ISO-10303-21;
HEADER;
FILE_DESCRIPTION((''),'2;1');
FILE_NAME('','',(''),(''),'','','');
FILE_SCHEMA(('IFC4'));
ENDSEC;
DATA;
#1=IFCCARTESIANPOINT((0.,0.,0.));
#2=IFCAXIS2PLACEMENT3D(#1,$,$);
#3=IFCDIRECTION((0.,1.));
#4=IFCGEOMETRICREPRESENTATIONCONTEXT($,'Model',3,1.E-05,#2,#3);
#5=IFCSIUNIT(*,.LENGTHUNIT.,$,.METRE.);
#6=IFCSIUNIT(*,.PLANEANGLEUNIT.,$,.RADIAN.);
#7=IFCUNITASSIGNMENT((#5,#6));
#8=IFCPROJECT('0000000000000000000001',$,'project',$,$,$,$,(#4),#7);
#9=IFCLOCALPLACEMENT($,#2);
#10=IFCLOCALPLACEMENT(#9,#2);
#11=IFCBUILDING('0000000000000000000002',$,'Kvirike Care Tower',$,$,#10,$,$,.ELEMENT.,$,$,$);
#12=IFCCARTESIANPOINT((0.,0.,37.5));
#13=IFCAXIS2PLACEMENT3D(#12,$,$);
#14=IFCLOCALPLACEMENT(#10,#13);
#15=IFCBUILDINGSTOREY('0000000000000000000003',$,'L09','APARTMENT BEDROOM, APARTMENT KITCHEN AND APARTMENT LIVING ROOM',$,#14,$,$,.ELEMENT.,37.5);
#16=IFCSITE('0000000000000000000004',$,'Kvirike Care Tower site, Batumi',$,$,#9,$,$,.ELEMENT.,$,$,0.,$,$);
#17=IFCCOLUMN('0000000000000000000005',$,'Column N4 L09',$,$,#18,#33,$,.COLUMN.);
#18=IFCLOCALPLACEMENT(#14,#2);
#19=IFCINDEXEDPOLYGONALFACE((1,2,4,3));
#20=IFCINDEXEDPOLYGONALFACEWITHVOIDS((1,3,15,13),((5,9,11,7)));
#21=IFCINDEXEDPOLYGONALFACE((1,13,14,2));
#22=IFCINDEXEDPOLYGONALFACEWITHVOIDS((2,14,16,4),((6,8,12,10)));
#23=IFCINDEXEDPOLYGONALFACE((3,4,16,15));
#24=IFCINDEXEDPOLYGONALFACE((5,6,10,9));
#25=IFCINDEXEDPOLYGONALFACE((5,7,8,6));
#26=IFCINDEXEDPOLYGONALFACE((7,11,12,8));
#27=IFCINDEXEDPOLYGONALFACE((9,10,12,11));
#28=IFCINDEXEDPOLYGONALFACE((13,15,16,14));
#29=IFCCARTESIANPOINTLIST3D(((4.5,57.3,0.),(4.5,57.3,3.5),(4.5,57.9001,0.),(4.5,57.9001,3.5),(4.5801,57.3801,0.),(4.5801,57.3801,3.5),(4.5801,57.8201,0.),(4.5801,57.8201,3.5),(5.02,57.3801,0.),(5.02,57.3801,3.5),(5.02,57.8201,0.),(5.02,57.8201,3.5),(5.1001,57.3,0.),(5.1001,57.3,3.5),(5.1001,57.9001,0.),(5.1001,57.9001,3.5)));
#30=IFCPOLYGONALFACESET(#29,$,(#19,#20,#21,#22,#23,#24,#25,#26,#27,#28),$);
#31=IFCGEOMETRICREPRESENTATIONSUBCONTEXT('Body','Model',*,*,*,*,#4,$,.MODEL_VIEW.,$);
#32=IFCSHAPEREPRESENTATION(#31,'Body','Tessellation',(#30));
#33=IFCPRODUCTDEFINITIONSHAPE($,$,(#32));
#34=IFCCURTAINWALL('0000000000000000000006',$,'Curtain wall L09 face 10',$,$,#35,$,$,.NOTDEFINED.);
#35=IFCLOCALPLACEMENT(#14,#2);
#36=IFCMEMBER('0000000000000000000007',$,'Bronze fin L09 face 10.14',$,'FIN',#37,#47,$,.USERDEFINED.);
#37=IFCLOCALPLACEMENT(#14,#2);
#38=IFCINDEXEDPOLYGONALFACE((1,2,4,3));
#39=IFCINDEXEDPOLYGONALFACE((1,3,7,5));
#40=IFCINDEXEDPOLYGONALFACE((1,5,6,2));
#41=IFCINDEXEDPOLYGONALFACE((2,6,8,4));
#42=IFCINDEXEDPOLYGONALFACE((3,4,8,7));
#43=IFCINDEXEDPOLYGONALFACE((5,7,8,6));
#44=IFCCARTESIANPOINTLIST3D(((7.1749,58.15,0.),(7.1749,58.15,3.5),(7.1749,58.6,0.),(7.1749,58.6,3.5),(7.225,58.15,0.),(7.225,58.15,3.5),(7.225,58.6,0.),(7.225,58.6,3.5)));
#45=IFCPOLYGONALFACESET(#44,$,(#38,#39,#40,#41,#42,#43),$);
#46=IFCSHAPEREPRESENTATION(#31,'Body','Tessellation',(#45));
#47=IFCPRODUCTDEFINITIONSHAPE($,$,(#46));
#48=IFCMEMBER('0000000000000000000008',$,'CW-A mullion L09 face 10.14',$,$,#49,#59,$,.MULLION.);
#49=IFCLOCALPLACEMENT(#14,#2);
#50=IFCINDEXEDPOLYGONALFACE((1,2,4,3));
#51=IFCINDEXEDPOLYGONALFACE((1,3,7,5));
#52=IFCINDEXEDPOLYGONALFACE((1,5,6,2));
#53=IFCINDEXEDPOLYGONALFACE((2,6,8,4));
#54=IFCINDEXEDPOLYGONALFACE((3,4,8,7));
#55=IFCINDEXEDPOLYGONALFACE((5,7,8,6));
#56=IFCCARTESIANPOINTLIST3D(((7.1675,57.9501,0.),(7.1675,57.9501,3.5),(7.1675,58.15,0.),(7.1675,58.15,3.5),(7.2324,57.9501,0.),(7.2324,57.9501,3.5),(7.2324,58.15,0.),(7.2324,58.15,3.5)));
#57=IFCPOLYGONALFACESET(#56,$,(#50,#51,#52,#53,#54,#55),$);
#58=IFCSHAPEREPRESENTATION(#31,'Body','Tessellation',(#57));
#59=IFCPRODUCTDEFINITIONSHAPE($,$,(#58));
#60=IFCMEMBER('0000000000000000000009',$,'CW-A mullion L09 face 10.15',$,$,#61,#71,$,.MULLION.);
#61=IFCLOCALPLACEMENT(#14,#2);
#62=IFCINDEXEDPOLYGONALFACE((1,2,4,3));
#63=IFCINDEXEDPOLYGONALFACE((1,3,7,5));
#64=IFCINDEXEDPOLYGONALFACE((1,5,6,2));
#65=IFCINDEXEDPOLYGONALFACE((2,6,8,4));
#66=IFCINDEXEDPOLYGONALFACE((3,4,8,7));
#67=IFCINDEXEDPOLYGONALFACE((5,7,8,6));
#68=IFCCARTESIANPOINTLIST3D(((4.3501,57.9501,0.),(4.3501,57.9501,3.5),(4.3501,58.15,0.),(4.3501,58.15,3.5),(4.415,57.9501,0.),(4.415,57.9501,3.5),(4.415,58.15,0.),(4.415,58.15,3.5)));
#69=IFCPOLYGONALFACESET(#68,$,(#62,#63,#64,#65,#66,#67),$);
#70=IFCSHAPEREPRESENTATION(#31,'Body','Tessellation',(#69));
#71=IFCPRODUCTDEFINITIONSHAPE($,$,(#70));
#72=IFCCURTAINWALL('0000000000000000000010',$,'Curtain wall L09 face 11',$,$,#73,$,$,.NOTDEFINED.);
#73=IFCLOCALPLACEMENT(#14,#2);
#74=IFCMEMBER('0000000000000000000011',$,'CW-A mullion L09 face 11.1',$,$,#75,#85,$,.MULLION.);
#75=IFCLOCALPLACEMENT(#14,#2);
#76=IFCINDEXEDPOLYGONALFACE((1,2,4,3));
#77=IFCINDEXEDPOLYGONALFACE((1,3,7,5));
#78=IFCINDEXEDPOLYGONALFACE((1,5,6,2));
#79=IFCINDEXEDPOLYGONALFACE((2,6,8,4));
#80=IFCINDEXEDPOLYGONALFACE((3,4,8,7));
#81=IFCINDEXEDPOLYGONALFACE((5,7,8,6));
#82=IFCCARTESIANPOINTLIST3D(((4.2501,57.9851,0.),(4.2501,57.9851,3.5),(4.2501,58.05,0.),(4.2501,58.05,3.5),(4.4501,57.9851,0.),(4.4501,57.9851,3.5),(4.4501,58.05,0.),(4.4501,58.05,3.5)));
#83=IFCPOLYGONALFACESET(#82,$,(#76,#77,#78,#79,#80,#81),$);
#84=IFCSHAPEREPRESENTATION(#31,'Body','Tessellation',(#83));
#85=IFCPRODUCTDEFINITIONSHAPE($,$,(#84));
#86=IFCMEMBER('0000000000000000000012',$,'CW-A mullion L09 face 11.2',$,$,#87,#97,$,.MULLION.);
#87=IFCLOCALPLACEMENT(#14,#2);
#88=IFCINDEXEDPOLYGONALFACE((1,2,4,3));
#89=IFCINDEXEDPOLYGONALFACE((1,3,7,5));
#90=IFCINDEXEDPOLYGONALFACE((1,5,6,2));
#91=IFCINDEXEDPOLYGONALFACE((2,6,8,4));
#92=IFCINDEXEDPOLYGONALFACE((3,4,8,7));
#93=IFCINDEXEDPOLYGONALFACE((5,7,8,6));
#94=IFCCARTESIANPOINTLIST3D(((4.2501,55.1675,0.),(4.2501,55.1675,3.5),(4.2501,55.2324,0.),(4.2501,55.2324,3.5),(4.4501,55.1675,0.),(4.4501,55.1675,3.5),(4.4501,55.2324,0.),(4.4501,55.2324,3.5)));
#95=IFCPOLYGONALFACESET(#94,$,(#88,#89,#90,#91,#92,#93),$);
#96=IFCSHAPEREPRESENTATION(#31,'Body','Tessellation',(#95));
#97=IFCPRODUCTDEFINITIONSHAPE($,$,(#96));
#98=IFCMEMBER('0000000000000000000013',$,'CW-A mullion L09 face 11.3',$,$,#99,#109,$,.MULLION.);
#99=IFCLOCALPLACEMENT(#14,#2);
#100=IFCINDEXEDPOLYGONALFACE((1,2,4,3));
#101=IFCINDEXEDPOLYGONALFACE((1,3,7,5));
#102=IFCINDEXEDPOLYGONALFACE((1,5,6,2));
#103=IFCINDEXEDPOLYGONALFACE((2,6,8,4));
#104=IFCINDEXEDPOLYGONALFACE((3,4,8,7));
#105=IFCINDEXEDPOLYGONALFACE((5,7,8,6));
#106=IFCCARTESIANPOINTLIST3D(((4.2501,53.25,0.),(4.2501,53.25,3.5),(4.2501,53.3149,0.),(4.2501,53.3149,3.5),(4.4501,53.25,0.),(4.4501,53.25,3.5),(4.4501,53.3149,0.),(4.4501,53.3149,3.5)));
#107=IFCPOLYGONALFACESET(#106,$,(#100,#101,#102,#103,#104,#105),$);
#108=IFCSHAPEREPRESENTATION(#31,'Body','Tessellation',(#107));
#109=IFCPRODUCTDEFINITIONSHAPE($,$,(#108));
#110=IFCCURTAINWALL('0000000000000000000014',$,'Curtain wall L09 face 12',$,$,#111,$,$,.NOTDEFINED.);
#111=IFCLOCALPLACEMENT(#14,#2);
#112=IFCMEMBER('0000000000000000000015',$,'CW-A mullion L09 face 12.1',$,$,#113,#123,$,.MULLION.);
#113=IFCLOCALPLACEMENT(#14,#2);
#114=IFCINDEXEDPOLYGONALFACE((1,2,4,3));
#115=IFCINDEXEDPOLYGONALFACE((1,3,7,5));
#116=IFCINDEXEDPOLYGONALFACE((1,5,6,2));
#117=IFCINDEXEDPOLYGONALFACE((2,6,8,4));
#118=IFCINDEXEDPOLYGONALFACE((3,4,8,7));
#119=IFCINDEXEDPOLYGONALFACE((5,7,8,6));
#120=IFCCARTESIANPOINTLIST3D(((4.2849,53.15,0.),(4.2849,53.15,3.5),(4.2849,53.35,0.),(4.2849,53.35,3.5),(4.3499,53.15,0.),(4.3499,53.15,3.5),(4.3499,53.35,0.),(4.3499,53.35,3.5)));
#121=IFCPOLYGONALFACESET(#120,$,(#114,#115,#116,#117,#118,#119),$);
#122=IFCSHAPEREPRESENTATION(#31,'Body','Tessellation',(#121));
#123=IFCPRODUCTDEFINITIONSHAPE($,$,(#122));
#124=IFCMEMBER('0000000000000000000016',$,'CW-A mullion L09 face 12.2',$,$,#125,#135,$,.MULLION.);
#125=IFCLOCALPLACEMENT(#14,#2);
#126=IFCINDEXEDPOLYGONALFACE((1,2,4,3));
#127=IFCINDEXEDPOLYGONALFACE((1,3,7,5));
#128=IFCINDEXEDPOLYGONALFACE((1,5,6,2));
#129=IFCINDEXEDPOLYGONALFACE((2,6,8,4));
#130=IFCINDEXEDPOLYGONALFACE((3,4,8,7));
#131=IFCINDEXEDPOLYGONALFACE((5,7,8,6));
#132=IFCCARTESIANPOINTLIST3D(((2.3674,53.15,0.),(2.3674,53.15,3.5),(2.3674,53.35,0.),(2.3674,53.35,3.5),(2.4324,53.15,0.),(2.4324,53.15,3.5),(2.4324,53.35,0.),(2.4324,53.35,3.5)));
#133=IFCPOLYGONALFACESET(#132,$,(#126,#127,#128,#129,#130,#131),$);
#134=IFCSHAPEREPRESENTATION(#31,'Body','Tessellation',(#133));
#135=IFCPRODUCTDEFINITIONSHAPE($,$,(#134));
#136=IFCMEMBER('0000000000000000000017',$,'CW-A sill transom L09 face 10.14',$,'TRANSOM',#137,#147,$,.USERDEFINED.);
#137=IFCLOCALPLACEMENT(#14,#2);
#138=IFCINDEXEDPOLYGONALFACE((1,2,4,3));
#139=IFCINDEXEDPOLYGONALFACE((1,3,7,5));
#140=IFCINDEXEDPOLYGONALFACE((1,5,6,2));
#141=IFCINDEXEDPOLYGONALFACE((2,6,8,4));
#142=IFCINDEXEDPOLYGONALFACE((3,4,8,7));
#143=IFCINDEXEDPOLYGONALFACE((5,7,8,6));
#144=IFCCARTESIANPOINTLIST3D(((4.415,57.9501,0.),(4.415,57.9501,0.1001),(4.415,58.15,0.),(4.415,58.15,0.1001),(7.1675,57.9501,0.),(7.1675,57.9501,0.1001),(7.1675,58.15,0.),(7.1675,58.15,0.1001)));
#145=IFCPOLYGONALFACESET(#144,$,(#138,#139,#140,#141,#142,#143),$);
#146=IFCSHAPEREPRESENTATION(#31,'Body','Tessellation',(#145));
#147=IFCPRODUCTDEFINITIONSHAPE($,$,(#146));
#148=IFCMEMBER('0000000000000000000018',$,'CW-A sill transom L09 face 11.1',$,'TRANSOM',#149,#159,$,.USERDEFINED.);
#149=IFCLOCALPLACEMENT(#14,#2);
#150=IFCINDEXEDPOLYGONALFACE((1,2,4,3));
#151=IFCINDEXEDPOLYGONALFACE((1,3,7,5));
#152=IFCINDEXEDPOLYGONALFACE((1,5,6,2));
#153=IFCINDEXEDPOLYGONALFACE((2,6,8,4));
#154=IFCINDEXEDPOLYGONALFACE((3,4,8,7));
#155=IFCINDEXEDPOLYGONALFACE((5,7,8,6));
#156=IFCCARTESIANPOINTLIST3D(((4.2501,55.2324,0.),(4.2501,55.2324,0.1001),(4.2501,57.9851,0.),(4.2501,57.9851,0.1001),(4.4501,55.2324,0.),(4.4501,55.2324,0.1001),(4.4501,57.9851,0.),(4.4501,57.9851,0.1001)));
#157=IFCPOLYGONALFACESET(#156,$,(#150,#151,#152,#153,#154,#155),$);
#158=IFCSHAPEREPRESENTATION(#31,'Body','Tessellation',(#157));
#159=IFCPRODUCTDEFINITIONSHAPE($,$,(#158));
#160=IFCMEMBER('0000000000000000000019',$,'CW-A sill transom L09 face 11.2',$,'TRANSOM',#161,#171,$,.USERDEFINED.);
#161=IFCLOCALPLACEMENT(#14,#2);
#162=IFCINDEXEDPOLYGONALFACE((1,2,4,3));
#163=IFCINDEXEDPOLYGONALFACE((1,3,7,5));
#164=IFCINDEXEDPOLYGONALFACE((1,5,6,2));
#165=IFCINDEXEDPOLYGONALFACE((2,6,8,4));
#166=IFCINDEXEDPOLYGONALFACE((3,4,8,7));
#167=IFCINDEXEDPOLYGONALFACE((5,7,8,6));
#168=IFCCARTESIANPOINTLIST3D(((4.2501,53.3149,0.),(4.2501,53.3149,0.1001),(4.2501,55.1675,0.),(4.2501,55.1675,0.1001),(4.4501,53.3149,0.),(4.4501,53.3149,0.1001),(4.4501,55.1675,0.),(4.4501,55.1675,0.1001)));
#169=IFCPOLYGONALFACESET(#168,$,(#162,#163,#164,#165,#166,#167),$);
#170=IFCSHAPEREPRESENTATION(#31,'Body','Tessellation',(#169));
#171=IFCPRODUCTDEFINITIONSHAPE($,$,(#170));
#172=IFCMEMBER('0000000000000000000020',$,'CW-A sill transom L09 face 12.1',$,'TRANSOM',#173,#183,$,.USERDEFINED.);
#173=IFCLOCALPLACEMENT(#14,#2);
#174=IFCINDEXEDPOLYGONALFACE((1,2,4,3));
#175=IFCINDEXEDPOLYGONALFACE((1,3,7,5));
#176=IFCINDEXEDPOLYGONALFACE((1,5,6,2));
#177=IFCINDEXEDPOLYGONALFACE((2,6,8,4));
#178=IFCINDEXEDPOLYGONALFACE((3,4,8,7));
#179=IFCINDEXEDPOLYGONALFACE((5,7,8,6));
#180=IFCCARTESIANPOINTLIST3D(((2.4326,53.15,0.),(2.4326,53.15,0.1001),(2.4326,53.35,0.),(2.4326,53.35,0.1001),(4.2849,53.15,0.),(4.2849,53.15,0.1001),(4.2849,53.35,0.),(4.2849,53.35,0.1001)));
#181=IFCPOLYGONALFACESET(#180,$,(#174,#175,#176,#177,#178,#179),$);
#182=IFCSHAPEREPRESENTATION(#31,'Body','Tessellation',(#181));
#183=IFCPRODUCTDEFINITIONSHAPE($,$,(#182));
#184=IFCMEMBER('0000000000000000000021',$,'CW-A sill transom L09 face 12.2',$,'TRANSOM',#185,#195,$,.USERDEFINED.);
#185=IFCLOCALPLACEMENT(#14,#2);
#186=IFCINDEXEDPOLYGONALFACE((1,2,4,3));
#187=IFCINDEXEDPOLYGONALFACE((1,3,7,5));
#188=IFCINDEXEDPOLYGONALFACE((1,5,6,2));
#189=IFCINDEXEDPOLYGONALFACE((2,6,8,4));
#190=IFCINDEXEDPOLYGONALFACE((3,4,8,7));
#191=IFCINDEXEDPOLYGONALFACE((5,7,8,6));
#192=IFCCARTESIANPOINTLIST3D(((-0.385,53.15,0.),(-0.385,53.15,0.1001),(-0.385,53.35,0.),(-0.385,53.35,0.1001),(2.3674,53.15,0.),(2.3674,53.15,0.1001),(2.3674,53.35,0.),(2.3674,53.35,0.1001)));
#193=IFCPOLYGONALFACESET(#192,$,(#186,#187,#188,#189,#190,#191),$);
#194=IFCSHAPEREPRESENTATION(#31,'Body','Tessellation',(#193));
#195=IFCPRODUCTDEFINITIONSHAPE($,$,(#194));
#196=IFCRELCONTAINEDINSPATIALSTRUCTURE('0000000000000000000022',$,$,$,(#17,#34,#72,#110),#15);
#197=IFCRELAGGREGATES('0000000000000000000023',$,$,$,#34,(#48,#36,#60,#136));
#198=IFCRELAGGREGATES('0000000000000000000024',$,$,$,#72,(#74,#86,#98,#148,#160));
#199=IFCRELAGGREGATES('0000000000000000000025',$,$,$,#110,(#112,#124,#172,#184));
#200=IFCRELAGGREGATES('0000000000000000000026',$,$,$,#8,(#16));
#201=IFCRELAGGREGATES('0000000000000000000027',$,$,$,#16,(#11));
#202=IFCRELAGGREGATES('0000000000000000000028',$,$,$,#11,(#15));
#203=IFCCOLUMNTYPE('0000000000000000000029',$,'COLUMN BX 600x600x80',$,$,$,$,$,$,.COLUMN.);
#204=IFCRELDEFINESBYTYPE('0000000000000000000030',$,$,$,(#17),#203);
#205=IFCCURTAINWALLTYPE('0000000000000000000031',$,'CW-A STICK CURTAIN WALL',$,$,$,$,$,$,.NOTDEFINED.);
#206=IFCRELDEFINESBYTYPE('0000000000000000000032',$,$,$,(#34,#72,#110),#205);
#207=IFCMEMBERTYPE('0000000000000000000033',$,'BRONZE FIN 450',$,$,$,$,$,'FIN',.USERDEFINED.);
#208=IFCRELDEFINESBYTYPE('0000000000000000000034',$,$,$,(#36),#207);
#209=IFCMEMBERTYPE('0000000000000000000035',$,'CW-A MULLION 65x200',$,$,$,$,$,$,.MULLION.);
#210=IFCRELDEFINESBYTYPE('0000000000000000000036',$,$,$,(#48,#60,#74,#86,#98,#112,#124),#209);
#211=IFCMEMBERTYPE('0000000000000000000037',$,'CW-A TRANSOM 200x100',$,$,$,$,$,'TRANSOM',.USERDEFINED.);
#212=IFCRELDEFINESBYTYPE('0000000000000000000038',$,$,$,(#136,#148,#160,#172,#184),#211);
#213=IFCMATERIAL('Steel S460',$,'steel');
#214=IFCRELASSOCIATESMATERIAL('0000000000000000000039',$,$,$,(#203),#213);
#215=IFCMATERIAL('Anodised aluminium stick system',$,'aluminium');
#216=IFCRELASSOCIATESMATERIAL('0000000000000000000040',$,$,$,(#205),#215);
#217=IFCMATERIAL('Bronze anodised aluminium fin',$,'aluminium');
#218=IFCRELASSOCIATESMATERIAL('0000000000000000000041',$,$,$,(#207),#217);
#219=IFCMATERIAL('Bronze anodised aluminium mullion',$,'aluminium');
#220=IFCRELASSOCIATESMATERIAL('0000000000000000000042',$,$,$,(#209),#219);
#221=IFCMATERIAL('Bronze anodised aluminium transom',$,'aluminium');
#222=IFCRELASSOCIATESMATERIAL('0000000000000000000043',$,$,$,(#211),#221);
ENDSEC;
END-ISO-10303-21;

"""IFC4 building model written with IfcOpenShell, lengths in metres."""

from ifc_helpers import new_model, si_unit, direction, frame, origin, origin_2d, place, context, subcontext, project, spatial, rectangle, hollow_rectangle, extrude, material, material_profile, profile_set, type_object, element, aggregate, save


model = new_model("IFC4")

# Units and contexts
model_context = context("Model", 3, precision=1e-05, world=origin(), true_north=direction((0.0, 1.0)))
body_context = subcontext(model_context, "Body", "Model", "MODEL_VIEW")
ifc_project = project(units=[si_unit("LENGTHUNIT", "METRE"), si_unit("PLANEANGLEUNIT", "RADIAN")], contexts=[model_context])

# Site, building, storey
site_placement = place(None, origin())
site = spatial("IfcSite", under=ifc_project, at=site_placement, Name="Kvirike Care Tower site, Batumi", CompositionType="ELEMENT", RefElevation=0.0)
building_placement = place(site_placement, origin())
building = spatial("IfcBuilding", under=site, at=building_placement, Name="Kvirike Care Tower", CompositionType="ELEMENT")
storey_placement = place(building_placement, frame((0.0, 0.0, 37.5)))
storey = spatial("IfcBuildingStorey", under=building, at=storey_placement, Name="L09", Description="APARTMENT BEDROOM, APARTMENT KITCHEN AND APARTMENT LIVING ROOM", CompositionType="ELEMENT", Elevation=37.5)

# Column
ifc_material_1 = material(Name="Steel S460", Category="steel")
ifc_material_profile_1 = material_profile(ifc_material_1, hollow_rectangle(XDim=0.6001, YDim=0.6001, WallThickness=0.0801, at=origin_2d()), Name="BX 600x600x80")
ifc_profile_set_1 = profile_set([ifc_material_profile_1], Name="Steel S460")
column_type = type_object("IfcColumnType", Name="COLUMN BX 600x600x80", PredefinedType="COLUMN", material=ifc_profile_set_1)
column_placement = place(storey_placement, frame((4.8, 57.6001, 0.0), z_axis=(0.0, 0.0, 1.0), x_axis=(0.0, 1.0, 0.0)))
element("IfcColumn", 1, at=column_placement, inside=storey, type_object=column_type, Name="Column N4 L09", PredefinedType="COLUMN", context=body_context, shape_type="SweptSolid", body=[
    extrude(hollow_rectangle(XDim=0.6001, YDim=0.6001, WallThickness=0.0801, at=origin_2d()), origin(), (0.0, 0.0, 1.0), 3.5),
])

# Curtain walls, members
ifc_material_2 = material(Name="Anodised aluminium stick system", Category="aluminium")
curtain_wall_type = type_object("IfcCurtainWallType", Name="CW-A STICK CURTAIN WALL", PredefinedType="NOTDEFINED", material=ifc_material_2)
curtain_wall_1_placement = place(storey_placement, origin())
curtain_wall_1 = element("IfcCurtainWall", 2, at=curtain_wall_1_placement, inside=storey, type_object=curtain_wall_type, Name="Curtain wall L09 face 10", PredefinedType="NOTDEFINED")
ifc_material_3 = material(Name="Bronze anodised aluminium fin", Category="aluminium")
ifc_material_profile_2 = material_profile(ifc_material_3, rectangle(XDim=0.05, YDim=0.45, at=origin_2d()), Name="BRONZE FIN 450")
ifc_profile_set_2 = profile_set([ifc_material_profile_2], Name="Bronze anodised aluminium fin")
member_type_1 = type_object("IfcMemberType", Name="BRONZE FIN 450", ElementType="FIN", PredefinedType="USERDEFINED", material=ifc_profile_set_2)
member_1_placement = place(storey_placement, frame((7.2, 58.375, 0.0), z_axis=(0.0, 0.0, 1.0), x_axis=(-1.0, 0.0, 0.0)))
member_1 = element("IfcMember", 3, at=member_1_placement, type_object=member_type_1, Name="Bronze fin L09 face 10.14", ObjectType="FIN", PredefinedType="USERDEFINED", context=body_context, shape_type="SweptSolid", body=[
    extrude(rectangle(XDim=0.05, YDim=0.45, at=origin_2d()), origin(), (0.0, 0.0, 1.0), 3.5),
])
ifc_material_4 = material(Name="Bronze anodised aluminium mullion", Category="aluminium")
ifc_material_profile_3 = material_profile(ifc_material_4, rectangle(XDim=0.0649, YDim=0.2, at=origin_2d()), Name="CW-A MULLION 65x200")
ifc_profile_set_3 = profile_set([ifc_material_profile_3], Name="Bronze anodised aluminium mullion")
member_type_2 = type_object("IfcMemberType", Name="CW-A MULLION 65x200", PredefinedType="MULLION", material=ifc_profile_set_3)
member_2_placement = place(storey_placement, frame((7.2, 58.05, 0.0), z_axis=(0.0, 0.0, 1.0), x_axis=(-1.0, 0.0, 0.0)))
member_2 = element("IfcMember", 4, at=member_2_placement, type_object=member_type_2, Name="CW-A mullion L09 face 10.14", PredefinedType="MULLION", context=body_context, shape_type="SweptSolid", body=[
    extrude(rectangle(XDim=0.0649, YDim=0.2, at=origin_2d()), origin(), (0.0, 0.0, 1.0), 3.5),
])
member_3_placement = place(storey_placement, frame((4.3826, 58.05, 0.0), z_axis=(0.0, 0.0, 1.0), x_axis=(-1.0, 0.0, 0.0)))
member_3 = element("IfcMember", 5, at=member_3_placement, type_object=member_type_2, Name="CW-A mullion L09 face 10.15", PredefinedType="MULLION", context=body_context, shape_type="SweptSolid", body=[
    extrude(rectangle(XDim=0.0649, YDim=0.2, at=origin_2d()), origin(), (0.0, 0.0, 1.0), 3.5),
])
curtain_wall_2_placement = place(storey_placement, origin())
curtain_wall_2 = element("IfcCurtainWall", 6, at=curtain_wall_2_placement, inside=storey, type_object=curtain_wall_type, Name="Curtain wall L09 face 11", PredefinedType="NOTDEFINED")
member_4_placement = place(storey_placement, frame((4.3501, 58.0176, 0.0), z_axis=(0.0, 0.0, 1.0), x_axis=(0.0, -1.0, 0.0)))
member_4 = element("IfcMember", 7, at=member_4_placement, type_object=member_type_2, Name="CW-A mullion L09 face 11.1", PredefinedType="MULLION", context=body_context, shape_type="SweptSolid", body=[
    extrude(rectangle(XDim=0.0649, YDim=0.2, at=origin_2d()), origin(), (0.0, 0.0, 1.0), 3.5),
])
member_5_placement = place(storey_placement, frame((4.3501, 55.2, 0.0), z_axis=(0.0, 0.0, 1.0), x_axis=(0.0, -1.0, 0.0)))
member_5 = element("IfcMember", 8, at=member_5_placement, type_object=member_type_2, Name="CW-A mullion L09 face 11.2", PredefinedType="MULLION", context=body_context, shape_type="SweptSolid", body=[
    extrude(rectangle(XDim=0.0649, YDim=0.2, at=origin_2d()), origin(), (0.0, 0.0, 1.0), 3.5),
])
member_6_placement = place(storey_placement, frame((4.3501, 53.2825, 0.0), z_axis=(0.0, 0.0, 1.0), x_axis=(0.0, -1.0, 0.0)))
member_6 = element("IfcMember", 9, at=member_6_placement, type_object=member_type_2, Name="CW-A mullion L09 face 11.3", PredefinedType="MULLION", context=body_context, shape_type="SweptSolid", body=[
    extrude(rectangle(XDim=0.0649, YDim=0.2, at=origin_2d()), origin(), (0.0, 0.0, 1.0), 3.5),
])
curtain_wall_3_placement = place(storey_placement, origin())
curtain_wall_3 = element("IfcCurtainWall", 10, at=curtain_wall_3_placement, inside=storey, type_object=curtain_wall_type, Name="Curtain wall L09 face 12", PredefinedType="NOTDEFINED")
member_7_placement = place(storey_placement, frame((4.3174, 53.25, 0.0), z_axis=(0.0, 0.0, 1.0), x_axis=(-1.0, 0.0, 0.0)))
member_7 = element("IfcMember", 11, at=member_7_placement, type_object=member_type_2, Name="CW-A mullion L09 face 12.1", PredefinedType="MULLION", context=body_context, shape_type="SweptSolid", body=[
    extrude(rectangle(XDim=0.0649, YDim=0.2, at=origin_2d()), origin(), (0.0, 0.0, 1.0), 3.5),
])
member_8_placement = place(storey_placement, frame((2.3999, 53.25, 0.0), z_axis=(0.0, 0.0, 1.0), x_axis=(-1.0, 0.0, 0.0)))
member_8 = element("IfcMember", 12, at=member_8_placement, type_object=member_type_2, Name="CW-A mullion L09 face 12.2", PredefinedType="MULLION", context=body_context, shape_type="SweptSolid", body=[
    extrude(rectangle(XDim=0.0649, YDim=0.2, at=origin_2d()), origin(), (0.0, 0.0, 1.0), 3.5),
])

# Members
ifc_material_5 = material(Name="Bronze anodised aluminium transom", Category="aluminium")
ifc_material_profile_4 = material_profile(ifc_material_5, rectangle(XDim=0.2, YDim=0.1001, at=origin_2d()), Name="CW-A TRANSOM 200x100")
ifc_profile_set_4 = profile_set([ifc_material_profile_4], Name="Bronze anodised aluminium transom")
member_type_3 = type_object("IfcMemberType", Name="CW-A TRANSOM 200x100", ElementType="TRANSOM", PredefinedType="USERDEFINED", material=ifc_profile_set_4)
member_9_placement = place(storey_placement, frame((7.1675, 58.05, 0.05), z_axis=(-1.0, 0.0, 0.0), x_axis=(0.0, -1.0, 0.0)))
member_9 = element("IfcMember", 13, at=member_9_placement, type_object=member_type_3, Name="CW-A sill transom L09 face 10.14", ObjectType="TRANSOM", PredefinedType="USERDEFINED", context=body_context, shape_type="SweptSolid", body=[
    extrude(rectangle(XDim=0.2, YDim=0.1001, at=origin_2d()), origin(), (0.0, 0.0, 1.0), 2.7524),
])
member_10_placement = place(storey_placement, frame((4.3501, 57.9851, 0.05), z_axis=(0.0, -1.0, 0.0), x_axis=(1.0, 0.0, 0.0)))
member_10 = element("IfcMember", 14, at=member_10_placement, type_object=member_type_3, Name="CW-A sill transom L09 face 11.1", ObjectType="TRANSOM", PredefinedType="USERDEFINED", context=body_context, shape_type="SweptSolid", body=[
    extrude(rectangle(XDim=0.2, YDim=0.1001, at=origin_2d()), origin(), (0.0, 0.0, 1.0), 2.7527),
])
member_11_placement = place(storey_placement, frame((4.3501, 55.1675, 0.05), z_axis=(0.0, -1.0, 0.0), x_axis=(1.0, 0.0, 0.0)))
member_11 = element("IfcMember", 15, at=member_11_placement, type_object=member_type_3, Name="CW-A sill transom L09 face 11.2", ObjectType="TRANSOM", PredefinedType="USERDEFINED", context=body_context, shape_type="SweptSolid", body=[
    extrude(rectangle(XDim=0.2, YDim=0.1001, at=origin_2d()), origin(), (0.0, 0.0, 1.0), 1.8525),
])
member_12_placement = place(storey_placement, frame((4.2849, 53.25, 0.05), z_axis=(-1.0, 0.0, 0.0), x_axis=(0.0, -1.0, 0.0)))
member_12 = element("IfcMember", 16, at=member_12_placement, type_object=member_type_3, Name="CW-A sill transom L09 face 12.1", ObjectType="TRANSOM", PredefinedType="USERDEFINED", context=body_context, shape_type="SweptSolid", body=[
    extrude(rectangle(XDim=0.2, YDim=0.1001, at=origin_2d()), origin(), (0.0, 0.0, 1.0), 1.8523),
])
member_13_placement = place(storey_placement, frame((2.3674, 53.25, 0.05), z_axis=(-1.0, 0.0, 0.0), x_axis=(0.0, -1.0, 0.0)))
member_13 = element("IfcMember", 17, at=member_13_placement, type_object=member_type_3, Name="CW-A sill transom L09 face 12.2", ObjectType="TRANSOM", PredefinedType="USERDEFINED", context=body_context, shape_type="SweptSolid", body=[
    extrude(rectangle(XDim=0.2, YDim=0.1001, at=origin_2d()), origin(), (0.0, 0.0, 1.0), 2.7524),
])

aggregate(curtain_wall_1, [member_2, member_1, member_3, member_9])
aggregate(curtain_wall_2, [member_4, member_5, member_6, member_10, member_11])
aggregate(curtain_wall_3, [member_7, member_8, member_12, member_13])

save(model, "model.ifc")
